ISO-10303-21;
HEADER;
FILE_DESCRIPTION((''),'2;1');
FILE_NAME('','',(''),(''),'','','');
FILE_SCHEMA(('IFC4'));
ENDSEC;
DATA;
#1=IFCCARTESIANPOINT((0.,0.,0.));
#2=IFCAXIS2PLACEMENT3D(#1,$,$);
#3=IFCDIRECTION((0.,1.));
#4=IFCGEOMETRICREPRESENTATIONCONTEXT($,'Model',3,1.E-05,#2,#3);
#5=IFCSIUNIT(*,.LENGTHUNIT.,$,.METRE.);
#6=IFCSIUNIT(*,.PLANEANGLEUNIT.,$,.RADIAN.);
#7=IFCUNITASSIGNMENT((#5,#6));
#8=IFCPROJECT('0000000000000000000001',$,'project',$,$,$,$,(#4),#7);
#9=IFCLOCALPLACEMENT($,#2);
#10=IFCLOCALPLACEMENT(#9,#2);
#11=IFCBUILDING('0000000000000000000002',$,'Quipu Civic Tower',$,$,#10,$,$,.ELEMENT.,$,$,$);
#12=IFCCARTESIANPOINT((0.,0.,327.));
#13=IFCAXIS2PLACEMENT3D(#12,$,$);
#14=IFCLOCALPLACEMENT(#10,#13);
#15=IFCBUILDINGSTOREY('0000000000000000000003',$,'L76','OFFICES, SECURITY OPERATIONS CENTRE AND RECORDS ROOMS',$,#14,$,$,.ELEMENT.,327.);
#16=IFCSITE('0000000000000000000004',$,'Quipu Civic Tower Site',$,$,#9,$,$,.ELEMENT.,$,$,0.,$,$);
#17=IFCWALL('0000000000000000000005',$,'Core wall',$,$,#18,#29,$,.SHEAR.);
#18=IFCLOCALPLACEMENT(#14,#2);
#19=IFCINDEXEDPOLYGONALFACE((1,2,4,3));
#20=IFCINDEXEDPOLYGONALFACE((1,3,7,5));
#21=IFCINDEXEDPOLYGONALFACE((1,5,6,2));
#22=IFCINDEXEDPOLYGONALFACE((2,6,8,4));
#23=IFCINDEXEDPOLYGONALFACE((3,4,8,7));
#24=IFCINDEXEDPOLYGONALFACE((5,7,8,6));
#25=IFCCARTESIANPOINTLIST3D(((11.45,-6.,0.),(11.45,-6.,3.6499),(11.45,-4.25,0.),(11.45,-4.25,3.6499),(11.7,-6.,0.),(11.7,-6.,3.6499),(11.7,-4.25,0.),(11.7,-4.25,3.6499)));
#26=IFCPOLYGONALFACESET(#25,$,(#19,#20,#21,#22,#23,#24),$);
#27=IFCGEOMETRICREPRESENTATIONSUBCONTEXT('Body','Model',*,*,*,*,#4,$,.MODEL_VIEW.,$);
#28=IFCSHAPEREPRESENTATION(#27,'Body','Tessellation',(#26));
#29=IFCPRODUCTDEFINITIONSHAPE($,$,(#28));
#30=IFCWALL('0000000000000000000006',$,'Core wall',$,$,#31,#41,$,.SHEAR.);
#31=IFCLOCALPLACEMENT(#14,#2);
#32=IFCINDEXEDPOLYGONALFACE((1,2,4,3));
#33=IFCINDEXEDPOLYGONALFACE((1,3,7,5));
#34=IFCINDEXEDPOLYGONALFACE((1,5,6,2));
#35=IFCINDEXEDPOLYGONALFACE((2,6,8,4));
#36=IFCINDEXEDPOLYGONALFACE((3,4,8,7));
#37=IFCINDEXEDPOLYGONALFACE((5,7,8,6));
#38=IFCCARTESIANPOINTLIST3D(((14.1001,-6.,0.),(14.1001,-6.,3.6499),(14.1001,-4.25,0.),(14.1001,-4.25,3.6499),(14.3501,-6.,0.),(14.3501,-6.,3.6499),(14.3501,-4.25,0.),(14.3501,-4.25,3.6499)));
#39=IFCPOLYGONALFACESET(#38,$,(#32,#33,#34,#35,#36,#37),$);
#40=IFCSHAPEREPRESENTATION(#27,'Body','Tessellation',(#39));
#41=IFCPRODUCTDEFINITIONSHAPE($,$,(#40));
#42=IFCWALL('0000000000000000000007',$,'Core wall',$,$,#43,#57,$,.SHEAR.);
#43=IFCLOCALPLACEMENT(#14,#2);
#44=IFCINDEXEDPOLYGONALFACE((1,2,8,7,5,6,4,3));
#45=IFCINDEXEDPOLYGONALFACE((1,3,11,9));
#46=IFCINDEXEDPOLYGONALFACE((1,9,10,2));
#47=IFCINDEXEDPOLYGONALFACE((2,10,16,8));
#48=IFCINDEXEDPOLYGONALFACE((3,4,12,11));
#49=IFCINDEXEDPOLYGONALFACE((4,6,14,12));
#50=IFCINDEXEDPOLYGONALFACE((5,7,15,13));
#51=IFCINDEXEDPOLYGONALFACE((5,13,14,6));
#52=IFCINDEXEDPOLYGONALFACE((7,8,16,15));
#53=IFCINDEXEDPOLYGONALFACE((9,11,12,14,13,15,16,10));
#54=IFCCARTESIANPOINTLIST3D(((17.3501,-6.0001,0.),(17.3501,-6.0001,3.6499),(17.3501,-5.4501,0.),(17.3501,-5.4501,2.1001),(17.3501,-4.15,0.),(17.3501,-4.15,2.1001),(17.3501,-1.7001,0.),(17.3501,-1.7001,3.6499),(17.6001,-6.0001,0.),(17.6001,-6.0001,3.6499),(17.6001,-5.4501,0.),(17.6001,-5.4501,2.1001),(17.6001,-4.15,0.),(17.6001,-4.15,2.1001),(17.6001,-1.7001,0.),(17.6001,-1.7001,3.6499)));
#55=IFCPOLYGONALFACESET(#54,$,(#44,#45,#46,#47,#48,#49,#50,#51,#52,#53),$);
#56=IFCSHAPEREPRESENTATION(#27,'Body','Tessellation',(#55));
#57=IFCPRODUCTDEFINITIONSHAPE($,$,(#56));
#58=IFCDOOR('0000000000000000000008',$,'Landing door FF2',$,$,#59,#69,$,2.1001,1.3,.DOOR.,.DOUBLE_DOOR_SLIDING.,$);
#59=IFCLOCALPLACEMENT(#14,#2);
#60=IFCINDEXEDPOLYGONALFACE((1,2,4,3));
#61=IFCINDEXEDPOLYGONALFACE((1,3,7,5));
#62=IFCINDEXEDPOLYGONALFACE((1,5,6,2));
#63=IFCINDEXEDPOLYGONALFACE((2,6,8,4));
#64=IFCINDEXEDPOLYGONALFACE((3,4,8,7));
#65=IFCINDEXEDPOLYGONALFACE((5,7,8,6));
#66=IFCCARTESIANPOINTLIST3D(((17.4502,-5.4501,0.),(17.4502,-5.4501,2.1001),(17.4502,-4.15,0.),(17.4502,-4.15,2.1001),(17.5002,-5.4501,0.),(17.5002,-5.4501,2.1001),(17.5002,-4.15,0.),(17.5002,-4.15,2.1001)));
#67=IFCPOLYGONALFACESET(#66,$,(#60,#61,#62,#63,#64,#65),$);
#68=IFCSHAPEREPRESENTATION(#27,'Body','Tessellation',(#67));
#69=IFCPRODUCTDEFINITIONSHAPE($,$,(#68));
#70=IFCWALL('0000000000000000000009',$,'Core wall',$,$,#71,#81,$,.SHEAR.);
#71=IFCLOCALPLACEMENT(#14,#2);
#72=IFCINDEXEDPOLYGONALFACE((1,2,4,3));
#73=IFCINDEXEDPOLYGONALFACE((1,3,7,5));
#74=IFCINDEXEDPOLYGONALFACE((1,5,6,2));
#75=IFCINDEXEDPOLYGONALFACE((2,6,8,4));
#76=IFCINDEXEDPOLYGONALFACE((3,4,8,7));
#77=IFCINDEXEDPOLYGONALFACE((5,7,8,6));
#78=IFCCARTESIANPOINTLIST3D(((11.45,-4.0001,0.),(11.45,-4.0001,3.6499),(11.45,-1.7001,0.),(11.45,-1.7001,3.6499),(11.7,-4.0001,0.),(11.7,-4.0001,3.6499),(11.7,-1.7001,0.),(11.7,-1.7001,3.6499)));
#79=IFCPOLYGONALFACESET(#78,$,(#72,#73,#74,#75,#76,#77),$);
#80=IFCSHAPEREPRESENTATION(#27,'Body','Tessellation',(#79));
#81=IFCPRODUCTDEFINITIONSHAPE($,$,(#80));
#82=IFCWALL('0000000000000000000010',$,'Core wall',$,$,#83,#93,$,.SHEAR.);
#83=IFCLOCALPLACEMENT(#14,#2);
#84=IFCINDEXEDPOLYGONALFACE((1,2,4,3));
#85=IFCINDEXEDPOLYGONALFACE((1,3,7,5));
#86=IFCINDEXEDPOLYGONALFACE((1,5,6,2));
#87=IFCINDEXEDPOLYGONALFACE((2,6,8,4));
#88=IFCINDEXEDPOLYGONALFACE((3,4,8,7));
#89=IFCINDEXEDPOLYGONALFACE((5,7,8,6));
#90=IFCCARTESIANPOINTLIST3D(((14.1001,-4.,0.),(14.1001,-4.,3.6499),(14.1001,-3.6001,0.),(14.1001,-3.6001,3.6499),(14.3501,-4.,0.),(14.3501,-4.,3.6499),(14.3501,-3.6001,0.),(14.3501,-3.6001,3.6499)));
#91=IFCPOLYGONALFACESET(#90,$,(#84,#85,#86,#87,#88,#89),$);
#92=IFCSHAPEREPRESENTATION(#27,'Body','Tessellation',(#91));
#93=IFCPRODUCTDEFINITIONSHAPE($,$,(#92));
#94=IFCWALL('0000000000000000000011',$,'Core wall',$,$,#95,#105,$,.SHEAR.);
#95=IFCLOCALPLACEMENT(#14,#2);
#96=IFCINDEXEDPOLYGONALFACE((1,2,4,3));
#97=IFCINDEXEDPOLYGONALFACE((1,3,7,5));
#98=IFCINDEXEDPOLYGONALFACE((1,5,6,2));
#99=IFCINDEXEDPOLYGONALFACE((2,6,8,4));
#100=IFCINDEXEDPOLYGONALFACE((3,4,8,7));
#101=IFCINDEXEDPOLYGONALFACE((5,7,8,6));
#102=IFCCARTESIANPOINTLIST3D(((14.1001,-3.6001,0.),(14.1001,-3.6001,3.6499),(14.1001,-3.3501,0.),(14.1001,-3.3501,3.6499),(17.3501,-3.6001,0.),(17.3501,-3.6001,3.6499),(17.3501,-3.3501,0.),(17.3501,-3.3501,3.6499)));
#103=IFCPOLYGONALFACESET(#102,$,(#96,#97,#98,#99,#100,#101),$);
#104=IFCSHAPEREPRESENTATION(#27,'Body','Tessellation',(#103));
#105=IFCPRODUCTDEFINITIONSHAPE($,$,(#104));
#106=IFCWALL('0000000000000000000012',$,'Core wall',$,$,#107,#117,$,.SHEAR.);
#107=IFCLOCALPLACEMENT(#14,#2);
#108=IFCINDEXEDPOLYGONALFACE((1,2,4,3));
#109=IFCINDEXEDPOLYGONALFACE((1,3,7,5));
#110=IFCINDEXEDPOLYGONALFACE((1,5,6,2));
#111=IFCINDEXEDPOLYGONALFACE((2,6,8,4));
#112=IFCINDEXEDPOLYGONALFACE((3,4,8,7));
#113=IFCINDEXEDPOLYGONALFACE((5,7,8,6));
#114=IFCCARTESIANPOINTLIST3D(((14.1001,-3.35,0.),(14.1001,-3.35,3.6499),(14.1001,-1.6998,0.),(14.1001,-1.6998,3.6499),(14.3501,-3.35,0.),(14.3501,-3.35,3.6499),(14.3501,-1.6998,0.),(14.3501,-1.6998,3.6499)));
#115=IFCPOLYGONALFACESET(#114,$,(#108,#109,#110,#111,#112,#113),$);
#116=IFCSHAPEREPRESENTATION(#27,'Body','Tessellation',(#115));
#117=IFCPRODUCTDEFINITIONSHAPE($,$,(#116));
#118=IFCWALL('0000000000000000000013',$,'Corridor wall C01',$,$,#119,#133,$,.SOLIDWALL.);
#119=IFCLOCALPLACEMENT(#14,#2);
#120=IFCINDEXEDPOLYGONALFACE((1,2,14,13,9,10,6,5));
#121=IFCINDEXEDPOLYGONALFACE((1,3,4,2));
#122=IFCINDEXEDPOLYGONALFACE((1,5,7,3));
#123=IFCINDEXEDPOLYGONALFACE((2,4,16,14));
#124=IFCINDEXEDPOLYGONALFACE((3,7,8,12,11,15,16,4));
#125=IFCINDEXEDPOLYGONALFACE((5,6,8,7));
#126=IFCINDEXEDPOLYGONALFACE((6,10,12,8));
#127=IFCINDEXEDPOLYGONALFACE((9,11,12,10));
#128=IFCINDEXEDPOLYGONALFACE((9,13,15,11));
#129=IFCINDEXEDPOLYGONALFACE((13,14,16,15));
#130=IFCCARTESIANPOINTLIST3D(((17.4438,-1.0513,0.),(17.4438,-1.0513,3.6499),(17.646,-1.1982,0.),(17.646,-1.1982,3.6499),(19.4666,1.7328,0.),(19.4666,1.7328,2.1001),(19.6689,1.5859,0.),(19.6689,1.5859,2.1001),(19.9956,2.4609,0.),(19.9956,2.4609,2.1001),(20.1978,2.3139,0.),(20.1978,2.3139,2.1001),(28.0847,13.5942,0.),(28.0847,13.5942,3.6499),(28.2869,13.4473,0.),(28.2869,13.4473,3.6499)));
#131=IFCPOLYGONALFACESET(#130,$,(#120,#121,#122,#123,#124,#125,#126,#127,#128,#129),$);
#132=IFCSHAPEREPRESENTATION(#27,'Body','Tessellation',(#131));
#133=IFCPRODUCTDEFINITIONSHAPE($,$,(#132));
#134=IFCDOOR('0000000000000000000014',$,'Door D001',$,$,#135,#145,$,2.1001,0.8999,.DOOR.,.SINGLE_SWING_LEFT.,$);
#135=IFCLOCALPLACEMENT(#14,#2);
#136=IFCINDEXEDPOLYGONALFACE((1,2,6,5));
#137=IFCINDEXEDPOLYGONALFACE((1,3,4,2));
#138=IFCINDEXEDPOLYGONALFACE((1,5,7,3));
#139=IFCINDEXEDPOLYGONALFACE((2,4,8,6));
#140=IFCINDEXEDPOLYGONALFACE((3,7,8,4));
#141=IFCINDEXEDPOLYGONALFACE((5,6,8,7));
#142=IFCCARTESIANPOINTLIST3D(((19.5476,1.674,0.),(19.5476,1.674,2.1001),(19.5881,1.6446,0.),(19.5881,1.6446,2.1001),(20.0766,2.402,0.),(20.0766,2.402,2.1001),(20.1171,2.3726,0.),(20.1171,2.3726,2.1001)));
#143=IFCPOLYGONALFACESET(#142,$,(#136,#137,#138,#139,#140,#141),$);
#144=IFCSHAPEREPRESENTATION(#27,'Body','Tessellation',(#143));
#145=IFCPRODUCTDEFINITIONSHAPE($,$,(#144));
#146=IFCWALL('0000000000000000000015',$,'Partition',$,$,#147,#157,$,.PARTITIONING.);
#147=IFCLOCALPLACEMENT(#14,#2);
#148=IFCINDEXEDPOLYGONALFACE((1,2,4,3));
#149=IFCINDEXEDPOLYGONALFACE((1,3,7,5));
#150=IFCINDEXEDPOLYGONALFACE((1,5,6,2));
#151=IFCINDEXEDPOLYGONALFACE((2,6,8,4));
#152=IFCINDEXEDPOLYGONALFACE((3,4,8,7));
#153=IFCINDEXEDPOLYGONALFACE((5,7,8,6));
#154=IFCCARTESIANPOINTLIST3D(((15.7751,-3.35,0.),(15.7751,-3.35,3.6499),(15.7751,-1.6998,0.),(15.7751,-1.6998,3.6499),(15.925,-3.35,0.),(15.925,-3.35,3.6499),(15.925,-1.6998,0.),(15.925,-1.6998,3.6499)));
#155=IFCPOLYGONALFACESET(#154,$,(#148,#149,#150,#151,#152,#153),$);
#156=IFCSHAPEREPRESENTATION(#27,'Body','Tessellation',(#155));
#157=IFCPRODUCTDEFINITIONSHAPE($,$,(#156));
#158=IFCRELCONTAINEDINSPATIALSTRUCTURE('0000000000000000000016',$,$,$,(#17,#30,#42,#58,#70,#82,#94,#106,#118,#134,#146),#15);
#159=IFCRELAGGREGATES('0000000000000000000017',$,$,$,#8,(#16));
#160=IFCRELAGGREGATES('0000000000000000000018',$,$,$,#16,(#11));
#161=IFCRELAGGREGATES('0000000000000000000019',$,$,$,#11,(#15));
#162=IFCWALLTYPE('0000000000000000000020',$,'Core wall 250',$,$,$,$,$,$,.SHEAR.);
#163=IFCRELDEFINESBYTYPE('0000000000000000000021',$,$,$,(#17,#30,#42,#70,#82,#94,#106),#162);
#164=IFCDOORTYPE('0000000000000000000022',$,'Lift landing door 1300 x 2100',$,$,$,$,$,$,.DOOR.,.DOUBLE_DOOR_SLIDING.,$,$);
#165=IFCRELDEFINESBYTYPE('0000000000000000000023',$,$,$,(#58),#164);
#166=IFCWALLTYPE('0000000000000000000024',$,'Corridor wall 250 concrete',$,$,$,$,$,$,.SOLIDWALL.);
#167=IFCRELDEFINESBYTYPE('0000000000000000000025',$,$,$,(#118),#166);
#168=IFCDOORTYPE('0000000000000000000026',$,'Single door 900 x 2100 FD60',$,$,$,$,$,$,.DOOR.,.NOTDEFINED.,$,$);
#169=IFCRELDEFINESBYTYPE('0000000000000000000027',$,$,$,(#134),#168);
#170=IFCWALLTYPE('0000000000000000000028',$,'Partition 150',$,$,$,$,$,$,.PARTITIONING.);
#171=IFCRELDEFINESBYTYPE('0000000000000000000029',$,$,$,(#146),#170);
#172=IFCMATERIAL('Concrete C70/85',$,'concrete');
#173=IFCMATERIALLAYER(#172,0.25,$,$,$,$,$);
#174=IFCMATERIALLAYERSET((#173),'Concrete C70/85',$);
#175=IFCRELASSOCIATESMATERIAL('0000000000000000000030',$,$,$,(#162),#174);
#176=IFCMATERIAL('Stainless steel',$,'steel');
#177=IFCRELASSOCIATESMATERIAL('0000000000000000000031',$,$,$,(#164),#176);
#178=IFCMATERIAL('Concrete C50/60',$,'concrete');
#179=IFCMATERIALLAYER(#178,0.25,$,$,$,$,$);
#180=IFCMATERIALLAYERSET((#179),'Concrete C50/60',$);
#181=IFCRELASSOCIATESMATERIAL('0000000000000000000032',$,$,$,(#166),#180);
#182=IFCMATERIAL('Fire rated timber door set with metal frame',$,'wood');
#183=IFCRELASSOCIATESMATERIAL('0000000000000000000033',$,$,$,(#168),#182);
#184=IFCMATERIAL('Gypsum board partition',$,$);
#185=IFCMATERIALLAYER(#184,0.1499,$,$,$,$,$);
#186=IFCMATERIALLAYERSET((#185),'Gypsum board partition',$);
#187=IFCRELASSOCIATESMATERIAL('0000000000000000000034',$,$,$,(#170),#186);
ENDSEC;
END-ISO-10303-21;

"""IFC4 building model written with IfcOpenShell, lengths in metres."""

from ifc_helpers import new_model, si_unit, direction, frame, frame_2d, origin, place, context, subcontext, project, spatial, rectangle, extrude, material, layer, layer_set, type_object, element, fill, save


model = new_model("IFC4")

# Units and contexts
model_context = context("Model", 3, precision=1e-05, world=origin(), true_north=direction((0.0, 1.0)))
body_context = subcontext(model_context, "Body", "Model", "MODEL_VIEW")
ifc_project = project(units=[si_unit("LENGTHUNIT", "METRE"), si_unit("PLANEANGLEUNIT", "RADIAN")], contexts=[model_context])

# Site, building, storey
site_placement = place(None, origin())
site = spatial("IfcSite", under=ifc_project, at=site_placement, Name="Quipu Civic Tower Site", CompositionType="ELEMENT", RefElevation=0.0)
building_placement = place(site_placement, origin())
building = spatial("IfcBuilding", under=site, at=building_placement, Name="Quipu Civic Tower", CompositionType="ELEMENT")
storey_placement = place(building_placement, frame((0.0, 0.0, 327.0)))
storey = spatial("IfcBuildingStorey", under=building, at=storey_placement, Name="L76", Description="OFFICES, SECURITY OPERATIONS CENTRE AND RECORDS ROOMS", CompositionType="ELEMENT", Elevation=327.0)

# Walls
ifc_material_1 = material(Name="Concrete C70/85", Category="concrete")
ifc_layer_1 = layer(ifc_material_1, 0.25)
ifc_layer_set_1 = layer_set([ifc_layer_1], Name="Concrete C70/85")
wall_type_1 = type_object("IfcWallType", Name="Core wall 250", PredefinedType="SHEAR", material=ifc_layer_set_1)
for number, where, z_axis, x_axis, name in (
    (1, (11.575, -6.0, 0.0), (0.0, 0.0, 1.0), (0.0, 1.0, 0.0), "Core wall"),
    (2, (14.2251, -6.0, 0.0), (0.0, 0.0, 1.0), (0.0, 1.0, 0.0), "Core wall"),
):
    element("IfcWall", number, at=place(storey_placement, frame(where, z_axis=z_axis, x_axis=x_axis)), inside=storey, type_object=wall_type_1, Name=name, PredefinedType="SHEAR", context=body_context, shape_type="SweptSolid", body=[
        extrude(rectangle(XDim=1.75, YDim=0.25, at=frame_2d((0.875, 0.0))), origin(), (0.0, 0.0, 1.0), 3.6499),
    ])

# Wall, opening, door
wall_1_placement = place(storey_placement, frame((17.4751, -6.0, 0.0), z_axis=(0.0, 0.0, 1.0), x_axis=(0.0, 1.0, 0.0)))
wall_1 = element("IfcWall", 3, at=wall_1_placement, inside=storey, type_object=wall_type_1, Name="Core wall", PredefinedType="SHEAR", context=body_context, shape_type="SweptSolid", body=[
    extrude(rectangle(XDim=4.3, YDim=0.25, at=frame_2d((2.1499, 0.0))), origin(), (0.0, 0.0, 1.0), 3.6499),
])
opening_1_placement = place(wall_1_placement, frame((0.55, 0.0, 0.0)))
opening_1 = element("IfcOpeningElement", 4, at=opening_1_placement, cuts=wall_1, PredefinedType="OPENING", context=body_context, shape_type="SweptSolid", body=[
    extrude(rectangle(XDim=1.3, YDim=2.1001, at=frame_2d((0.6499, 1.05))), frame((0.0, 0.135, 0.0), z_axis=(0.0, -1.0, 0.0), x_axis=(1.0, 0.0, 0.0)), (0.0, 0.0, 1.0), 0.27),
])
ifc_material_2 = material(Name="Stainless steel", Category="steel")
door_type_1 = type_object("IfcDoorType", Name="Lift landing door 1300 x 2100", OperationType="DOUBLE_DOOR_SLIDING", PredefinedType="DOOR", material=ifc_material_2)
door_1_placement = place(opening_1_placement, origin())
door_1 = element("IfcDoor", 5, at=door_1_placement, inside=storey, type_object=door_type_1, Name="Landing door FF2", OperationType="DOUBLE_DOOR_SLIDING", OverallHeight=2.1001, OverallWidth=1.3, PredefinedType="DOOR", context=body_context, shape_type="SweptSolid", body=[
    extrude(rectangle(XDim=1.3, YDim=2.1001, at=frame_2d((0.6499, 1.05))), frame((0.0, 0.0249, 0.0), z_axis=(0.0, -1.0, 0.0), x_axis=(1.0, 0.0, 0.0)), (0.0, 0.0, 1.0), 0.05),
])
fill(opening_1, door_1)

# Walls
wall_2_placement = place(storey_placement, frame((11.575, -4.0, 0.0), z_axis=(0.0, 0.0, 1.0), x_axis=(0.0, 1.0, 0.0)))
element("IfcWall", 6, at=wall_2_placement, inside=storey, type_object=wall_type_1, Name="Core wall", PredefinedType="SHEAR", context=body_context, shape_type="SweptSolid", body=[
    extrude(rectangle(XDim=2.3, YDim=0.25, at=frame_2d((1.1499, 0.0))), origin(), (0.0, 0.0, 1.0), 3.6499),
])
wall_3_placement = place(storey_placement, frame((14.2251, -4.0, 0.0), z_axis=(0.0, 0.0, 1.0), x_axis=(0.0, 1.0, 0.0)))
element("IfcWall", 7, at=wall_3_placement, inside=storey, type_object=wall_type_1, Name="Core wall", PredefinedType="SHEAR", context=body_context, shape_type="SweptSolid", body=[
    extrude(rectangle(XDim=0.3999, YDim=0.25, at=frame_2d((0.2, 0.0))), origin(), (0.0, 0.0, 1.0), 3.6499),
])
wall_4_placement = place(storey_placement, frame((14.1001, -3.4751, 0.0), z_axis=(0.0, 0.0, 1.0), x_axis=(1.0, 0.0, 0.0)))
element("IfcWall", 8, at=wall_4_placement, inside=storey, type_object=wall_type_1, Name="Core wall", PredefinedType="SHEAR", context=body_context, shape_type="SweptSolid", body=[
    extrude(rectangle(XDim=3.25, YDim=0.25, at=frame_2d((1.625, 0.0))), origin(), (0.0, 0.0, 1.0), 3.6499),
])
wall_5_placement = place(storey_placement, frame((14.2251, -3.3501, 0.0), z_axis=(0.0, 0.0, 1.0), x_axis=(0.0, 1.0, 0.0)))
element("IfcWall", 9, at=wall_5_placement, inside=storey, type_object=wall_type_1, Name="Core wall", PredefinedType="SHEAR", context=body_context, shape_type="SweptSolid", body=[
    extrude(rectangle(XDim=1.6501, YDim=0.25, at=frame_2d((0.8252, 0.0))), origin(), (0.0, 0.0, 1.0), 3.6499),
])

# Wall, opening, door
ifc_material_3 = material(Name="Concrete C50/60", Category="concrete")
ifc_layer_2 = layer(ifc_material_3, 0.25)
ifc_layer_set_2 = layer_set([ifc_layer_2], Name="Concrete C50/60")
wall_type_2 = type_object("IfcWallType", Name="Corridor wall 250 concrete", PredefinedType="SOLIDWALL", material=ifc_layer_set_2)
wall_6_placement = place(storey_placement, frame((17.5449, -1.1248, 0.0), z_axis=(0.0, 0.0, 1.0), x_axis=(0.587796, 0.80901, 0.0)))
wall_6 = element("IfcWall", 10, at=wall_6_placement, inside=storey, type_object=wall_type_2, Name="Corridor wall C01", PredefinedType="SOLIDWALL", context=body_context, shape_type="SweptSolid", body=[
    extrude(rectangle(XDim=18.103, YDim=0.25, at=frame_2d((9.0515, 0.0))), origin(), (0.0, 0.0, 1.0), 3.6499),
])
opening_2_placement = place(wall_6_placement, frame((3.4414, 0.0, 0.0)))
opening_2 = element("IfcOpeningElement", 11, at=opening_2_placement, cuts=wall_6, PredefinedType="OPENING", context=body_context, shape_type="SweptSolid", body=[
    extrude(rectangle(XDim=0.8999, YDim=2.1001, at=frame_2d((0.45, 1.05))), frame((0.0, 0.135, 0.0), z_axis=(0.0, -1.0, 0.0), x_axis=(1.0, 0.0, 0.0)), (0.0, 0.0, 1.0), 0.27),
])
ifc_material_4 = material(Name="Fire rated timber door set with metal frame", Category="wood")
door_type_2 = type_object("IfcDoorType", Name="Single door 900 x 2100 FD60", OperationType="NOTDEFINED", PredefinedType="DOOR", material=ifc_material_4)
door_2_placement = place(opening_2_placement, origin())
door_2 = element("IfcDoor", 12, at=door_2_placement, inside=storey, type_object=door_type_2, Name="Door D001", OperationType="SINGLE_SWING_LEFT", OverallHeight=2.1001, OverallWidth=0.8999, PredefinedType="DOOR", context=body_context, shape_type="SweptSolid", body=[
    extrude(rectangle(XDim=0.8999, YDim=2.1001, at=frame_2d((0.45, 1.05))), frame((0.0, 0.0249, 0.0), z_axis=(0.0, -1.0, 0.0), x_axis=(1.0, 0.0, 0.0)), (0.0, 0.0, 1.0), 0.05),
])
fill(opening_2, door_2)

# Wall
ifc_material_5 = material(Name="Gypsum board partition")
ifc_layer_3 = layer(ifc_material_5, 0.1499)
ifc_layer_set_3 = layer_set([ifc_layer_3], Name="Gypsum board partition")
wall_type_3 = type_object("IfcWallType", Name="Partition 150", PredefinedType="PARTITIONING", material=ifc_layer_set_3)
wall_7_placement = place(storey_placement, frame((15.8501, -3.3501, 0.0), z_axis=(0.0, 0.0, 1.0), x_axis=(0.0, 1.0, 0.0)))
element("IfcWall", 13, at=wall_7_placement, inside=storey, type_object=wall_type_3, Name="Partition", PredefinedType="PARTITIONING", context=body_context, shape_type="SweptSolid", body=[
    extrude(rectangle(XDim=1.6501, YDim=0.1499, at=frame_2d((0.8252, 0.0))), origin(), (0.0, 0.0, 1.0), 3.6499),
])

save(model, "model.ifc")
